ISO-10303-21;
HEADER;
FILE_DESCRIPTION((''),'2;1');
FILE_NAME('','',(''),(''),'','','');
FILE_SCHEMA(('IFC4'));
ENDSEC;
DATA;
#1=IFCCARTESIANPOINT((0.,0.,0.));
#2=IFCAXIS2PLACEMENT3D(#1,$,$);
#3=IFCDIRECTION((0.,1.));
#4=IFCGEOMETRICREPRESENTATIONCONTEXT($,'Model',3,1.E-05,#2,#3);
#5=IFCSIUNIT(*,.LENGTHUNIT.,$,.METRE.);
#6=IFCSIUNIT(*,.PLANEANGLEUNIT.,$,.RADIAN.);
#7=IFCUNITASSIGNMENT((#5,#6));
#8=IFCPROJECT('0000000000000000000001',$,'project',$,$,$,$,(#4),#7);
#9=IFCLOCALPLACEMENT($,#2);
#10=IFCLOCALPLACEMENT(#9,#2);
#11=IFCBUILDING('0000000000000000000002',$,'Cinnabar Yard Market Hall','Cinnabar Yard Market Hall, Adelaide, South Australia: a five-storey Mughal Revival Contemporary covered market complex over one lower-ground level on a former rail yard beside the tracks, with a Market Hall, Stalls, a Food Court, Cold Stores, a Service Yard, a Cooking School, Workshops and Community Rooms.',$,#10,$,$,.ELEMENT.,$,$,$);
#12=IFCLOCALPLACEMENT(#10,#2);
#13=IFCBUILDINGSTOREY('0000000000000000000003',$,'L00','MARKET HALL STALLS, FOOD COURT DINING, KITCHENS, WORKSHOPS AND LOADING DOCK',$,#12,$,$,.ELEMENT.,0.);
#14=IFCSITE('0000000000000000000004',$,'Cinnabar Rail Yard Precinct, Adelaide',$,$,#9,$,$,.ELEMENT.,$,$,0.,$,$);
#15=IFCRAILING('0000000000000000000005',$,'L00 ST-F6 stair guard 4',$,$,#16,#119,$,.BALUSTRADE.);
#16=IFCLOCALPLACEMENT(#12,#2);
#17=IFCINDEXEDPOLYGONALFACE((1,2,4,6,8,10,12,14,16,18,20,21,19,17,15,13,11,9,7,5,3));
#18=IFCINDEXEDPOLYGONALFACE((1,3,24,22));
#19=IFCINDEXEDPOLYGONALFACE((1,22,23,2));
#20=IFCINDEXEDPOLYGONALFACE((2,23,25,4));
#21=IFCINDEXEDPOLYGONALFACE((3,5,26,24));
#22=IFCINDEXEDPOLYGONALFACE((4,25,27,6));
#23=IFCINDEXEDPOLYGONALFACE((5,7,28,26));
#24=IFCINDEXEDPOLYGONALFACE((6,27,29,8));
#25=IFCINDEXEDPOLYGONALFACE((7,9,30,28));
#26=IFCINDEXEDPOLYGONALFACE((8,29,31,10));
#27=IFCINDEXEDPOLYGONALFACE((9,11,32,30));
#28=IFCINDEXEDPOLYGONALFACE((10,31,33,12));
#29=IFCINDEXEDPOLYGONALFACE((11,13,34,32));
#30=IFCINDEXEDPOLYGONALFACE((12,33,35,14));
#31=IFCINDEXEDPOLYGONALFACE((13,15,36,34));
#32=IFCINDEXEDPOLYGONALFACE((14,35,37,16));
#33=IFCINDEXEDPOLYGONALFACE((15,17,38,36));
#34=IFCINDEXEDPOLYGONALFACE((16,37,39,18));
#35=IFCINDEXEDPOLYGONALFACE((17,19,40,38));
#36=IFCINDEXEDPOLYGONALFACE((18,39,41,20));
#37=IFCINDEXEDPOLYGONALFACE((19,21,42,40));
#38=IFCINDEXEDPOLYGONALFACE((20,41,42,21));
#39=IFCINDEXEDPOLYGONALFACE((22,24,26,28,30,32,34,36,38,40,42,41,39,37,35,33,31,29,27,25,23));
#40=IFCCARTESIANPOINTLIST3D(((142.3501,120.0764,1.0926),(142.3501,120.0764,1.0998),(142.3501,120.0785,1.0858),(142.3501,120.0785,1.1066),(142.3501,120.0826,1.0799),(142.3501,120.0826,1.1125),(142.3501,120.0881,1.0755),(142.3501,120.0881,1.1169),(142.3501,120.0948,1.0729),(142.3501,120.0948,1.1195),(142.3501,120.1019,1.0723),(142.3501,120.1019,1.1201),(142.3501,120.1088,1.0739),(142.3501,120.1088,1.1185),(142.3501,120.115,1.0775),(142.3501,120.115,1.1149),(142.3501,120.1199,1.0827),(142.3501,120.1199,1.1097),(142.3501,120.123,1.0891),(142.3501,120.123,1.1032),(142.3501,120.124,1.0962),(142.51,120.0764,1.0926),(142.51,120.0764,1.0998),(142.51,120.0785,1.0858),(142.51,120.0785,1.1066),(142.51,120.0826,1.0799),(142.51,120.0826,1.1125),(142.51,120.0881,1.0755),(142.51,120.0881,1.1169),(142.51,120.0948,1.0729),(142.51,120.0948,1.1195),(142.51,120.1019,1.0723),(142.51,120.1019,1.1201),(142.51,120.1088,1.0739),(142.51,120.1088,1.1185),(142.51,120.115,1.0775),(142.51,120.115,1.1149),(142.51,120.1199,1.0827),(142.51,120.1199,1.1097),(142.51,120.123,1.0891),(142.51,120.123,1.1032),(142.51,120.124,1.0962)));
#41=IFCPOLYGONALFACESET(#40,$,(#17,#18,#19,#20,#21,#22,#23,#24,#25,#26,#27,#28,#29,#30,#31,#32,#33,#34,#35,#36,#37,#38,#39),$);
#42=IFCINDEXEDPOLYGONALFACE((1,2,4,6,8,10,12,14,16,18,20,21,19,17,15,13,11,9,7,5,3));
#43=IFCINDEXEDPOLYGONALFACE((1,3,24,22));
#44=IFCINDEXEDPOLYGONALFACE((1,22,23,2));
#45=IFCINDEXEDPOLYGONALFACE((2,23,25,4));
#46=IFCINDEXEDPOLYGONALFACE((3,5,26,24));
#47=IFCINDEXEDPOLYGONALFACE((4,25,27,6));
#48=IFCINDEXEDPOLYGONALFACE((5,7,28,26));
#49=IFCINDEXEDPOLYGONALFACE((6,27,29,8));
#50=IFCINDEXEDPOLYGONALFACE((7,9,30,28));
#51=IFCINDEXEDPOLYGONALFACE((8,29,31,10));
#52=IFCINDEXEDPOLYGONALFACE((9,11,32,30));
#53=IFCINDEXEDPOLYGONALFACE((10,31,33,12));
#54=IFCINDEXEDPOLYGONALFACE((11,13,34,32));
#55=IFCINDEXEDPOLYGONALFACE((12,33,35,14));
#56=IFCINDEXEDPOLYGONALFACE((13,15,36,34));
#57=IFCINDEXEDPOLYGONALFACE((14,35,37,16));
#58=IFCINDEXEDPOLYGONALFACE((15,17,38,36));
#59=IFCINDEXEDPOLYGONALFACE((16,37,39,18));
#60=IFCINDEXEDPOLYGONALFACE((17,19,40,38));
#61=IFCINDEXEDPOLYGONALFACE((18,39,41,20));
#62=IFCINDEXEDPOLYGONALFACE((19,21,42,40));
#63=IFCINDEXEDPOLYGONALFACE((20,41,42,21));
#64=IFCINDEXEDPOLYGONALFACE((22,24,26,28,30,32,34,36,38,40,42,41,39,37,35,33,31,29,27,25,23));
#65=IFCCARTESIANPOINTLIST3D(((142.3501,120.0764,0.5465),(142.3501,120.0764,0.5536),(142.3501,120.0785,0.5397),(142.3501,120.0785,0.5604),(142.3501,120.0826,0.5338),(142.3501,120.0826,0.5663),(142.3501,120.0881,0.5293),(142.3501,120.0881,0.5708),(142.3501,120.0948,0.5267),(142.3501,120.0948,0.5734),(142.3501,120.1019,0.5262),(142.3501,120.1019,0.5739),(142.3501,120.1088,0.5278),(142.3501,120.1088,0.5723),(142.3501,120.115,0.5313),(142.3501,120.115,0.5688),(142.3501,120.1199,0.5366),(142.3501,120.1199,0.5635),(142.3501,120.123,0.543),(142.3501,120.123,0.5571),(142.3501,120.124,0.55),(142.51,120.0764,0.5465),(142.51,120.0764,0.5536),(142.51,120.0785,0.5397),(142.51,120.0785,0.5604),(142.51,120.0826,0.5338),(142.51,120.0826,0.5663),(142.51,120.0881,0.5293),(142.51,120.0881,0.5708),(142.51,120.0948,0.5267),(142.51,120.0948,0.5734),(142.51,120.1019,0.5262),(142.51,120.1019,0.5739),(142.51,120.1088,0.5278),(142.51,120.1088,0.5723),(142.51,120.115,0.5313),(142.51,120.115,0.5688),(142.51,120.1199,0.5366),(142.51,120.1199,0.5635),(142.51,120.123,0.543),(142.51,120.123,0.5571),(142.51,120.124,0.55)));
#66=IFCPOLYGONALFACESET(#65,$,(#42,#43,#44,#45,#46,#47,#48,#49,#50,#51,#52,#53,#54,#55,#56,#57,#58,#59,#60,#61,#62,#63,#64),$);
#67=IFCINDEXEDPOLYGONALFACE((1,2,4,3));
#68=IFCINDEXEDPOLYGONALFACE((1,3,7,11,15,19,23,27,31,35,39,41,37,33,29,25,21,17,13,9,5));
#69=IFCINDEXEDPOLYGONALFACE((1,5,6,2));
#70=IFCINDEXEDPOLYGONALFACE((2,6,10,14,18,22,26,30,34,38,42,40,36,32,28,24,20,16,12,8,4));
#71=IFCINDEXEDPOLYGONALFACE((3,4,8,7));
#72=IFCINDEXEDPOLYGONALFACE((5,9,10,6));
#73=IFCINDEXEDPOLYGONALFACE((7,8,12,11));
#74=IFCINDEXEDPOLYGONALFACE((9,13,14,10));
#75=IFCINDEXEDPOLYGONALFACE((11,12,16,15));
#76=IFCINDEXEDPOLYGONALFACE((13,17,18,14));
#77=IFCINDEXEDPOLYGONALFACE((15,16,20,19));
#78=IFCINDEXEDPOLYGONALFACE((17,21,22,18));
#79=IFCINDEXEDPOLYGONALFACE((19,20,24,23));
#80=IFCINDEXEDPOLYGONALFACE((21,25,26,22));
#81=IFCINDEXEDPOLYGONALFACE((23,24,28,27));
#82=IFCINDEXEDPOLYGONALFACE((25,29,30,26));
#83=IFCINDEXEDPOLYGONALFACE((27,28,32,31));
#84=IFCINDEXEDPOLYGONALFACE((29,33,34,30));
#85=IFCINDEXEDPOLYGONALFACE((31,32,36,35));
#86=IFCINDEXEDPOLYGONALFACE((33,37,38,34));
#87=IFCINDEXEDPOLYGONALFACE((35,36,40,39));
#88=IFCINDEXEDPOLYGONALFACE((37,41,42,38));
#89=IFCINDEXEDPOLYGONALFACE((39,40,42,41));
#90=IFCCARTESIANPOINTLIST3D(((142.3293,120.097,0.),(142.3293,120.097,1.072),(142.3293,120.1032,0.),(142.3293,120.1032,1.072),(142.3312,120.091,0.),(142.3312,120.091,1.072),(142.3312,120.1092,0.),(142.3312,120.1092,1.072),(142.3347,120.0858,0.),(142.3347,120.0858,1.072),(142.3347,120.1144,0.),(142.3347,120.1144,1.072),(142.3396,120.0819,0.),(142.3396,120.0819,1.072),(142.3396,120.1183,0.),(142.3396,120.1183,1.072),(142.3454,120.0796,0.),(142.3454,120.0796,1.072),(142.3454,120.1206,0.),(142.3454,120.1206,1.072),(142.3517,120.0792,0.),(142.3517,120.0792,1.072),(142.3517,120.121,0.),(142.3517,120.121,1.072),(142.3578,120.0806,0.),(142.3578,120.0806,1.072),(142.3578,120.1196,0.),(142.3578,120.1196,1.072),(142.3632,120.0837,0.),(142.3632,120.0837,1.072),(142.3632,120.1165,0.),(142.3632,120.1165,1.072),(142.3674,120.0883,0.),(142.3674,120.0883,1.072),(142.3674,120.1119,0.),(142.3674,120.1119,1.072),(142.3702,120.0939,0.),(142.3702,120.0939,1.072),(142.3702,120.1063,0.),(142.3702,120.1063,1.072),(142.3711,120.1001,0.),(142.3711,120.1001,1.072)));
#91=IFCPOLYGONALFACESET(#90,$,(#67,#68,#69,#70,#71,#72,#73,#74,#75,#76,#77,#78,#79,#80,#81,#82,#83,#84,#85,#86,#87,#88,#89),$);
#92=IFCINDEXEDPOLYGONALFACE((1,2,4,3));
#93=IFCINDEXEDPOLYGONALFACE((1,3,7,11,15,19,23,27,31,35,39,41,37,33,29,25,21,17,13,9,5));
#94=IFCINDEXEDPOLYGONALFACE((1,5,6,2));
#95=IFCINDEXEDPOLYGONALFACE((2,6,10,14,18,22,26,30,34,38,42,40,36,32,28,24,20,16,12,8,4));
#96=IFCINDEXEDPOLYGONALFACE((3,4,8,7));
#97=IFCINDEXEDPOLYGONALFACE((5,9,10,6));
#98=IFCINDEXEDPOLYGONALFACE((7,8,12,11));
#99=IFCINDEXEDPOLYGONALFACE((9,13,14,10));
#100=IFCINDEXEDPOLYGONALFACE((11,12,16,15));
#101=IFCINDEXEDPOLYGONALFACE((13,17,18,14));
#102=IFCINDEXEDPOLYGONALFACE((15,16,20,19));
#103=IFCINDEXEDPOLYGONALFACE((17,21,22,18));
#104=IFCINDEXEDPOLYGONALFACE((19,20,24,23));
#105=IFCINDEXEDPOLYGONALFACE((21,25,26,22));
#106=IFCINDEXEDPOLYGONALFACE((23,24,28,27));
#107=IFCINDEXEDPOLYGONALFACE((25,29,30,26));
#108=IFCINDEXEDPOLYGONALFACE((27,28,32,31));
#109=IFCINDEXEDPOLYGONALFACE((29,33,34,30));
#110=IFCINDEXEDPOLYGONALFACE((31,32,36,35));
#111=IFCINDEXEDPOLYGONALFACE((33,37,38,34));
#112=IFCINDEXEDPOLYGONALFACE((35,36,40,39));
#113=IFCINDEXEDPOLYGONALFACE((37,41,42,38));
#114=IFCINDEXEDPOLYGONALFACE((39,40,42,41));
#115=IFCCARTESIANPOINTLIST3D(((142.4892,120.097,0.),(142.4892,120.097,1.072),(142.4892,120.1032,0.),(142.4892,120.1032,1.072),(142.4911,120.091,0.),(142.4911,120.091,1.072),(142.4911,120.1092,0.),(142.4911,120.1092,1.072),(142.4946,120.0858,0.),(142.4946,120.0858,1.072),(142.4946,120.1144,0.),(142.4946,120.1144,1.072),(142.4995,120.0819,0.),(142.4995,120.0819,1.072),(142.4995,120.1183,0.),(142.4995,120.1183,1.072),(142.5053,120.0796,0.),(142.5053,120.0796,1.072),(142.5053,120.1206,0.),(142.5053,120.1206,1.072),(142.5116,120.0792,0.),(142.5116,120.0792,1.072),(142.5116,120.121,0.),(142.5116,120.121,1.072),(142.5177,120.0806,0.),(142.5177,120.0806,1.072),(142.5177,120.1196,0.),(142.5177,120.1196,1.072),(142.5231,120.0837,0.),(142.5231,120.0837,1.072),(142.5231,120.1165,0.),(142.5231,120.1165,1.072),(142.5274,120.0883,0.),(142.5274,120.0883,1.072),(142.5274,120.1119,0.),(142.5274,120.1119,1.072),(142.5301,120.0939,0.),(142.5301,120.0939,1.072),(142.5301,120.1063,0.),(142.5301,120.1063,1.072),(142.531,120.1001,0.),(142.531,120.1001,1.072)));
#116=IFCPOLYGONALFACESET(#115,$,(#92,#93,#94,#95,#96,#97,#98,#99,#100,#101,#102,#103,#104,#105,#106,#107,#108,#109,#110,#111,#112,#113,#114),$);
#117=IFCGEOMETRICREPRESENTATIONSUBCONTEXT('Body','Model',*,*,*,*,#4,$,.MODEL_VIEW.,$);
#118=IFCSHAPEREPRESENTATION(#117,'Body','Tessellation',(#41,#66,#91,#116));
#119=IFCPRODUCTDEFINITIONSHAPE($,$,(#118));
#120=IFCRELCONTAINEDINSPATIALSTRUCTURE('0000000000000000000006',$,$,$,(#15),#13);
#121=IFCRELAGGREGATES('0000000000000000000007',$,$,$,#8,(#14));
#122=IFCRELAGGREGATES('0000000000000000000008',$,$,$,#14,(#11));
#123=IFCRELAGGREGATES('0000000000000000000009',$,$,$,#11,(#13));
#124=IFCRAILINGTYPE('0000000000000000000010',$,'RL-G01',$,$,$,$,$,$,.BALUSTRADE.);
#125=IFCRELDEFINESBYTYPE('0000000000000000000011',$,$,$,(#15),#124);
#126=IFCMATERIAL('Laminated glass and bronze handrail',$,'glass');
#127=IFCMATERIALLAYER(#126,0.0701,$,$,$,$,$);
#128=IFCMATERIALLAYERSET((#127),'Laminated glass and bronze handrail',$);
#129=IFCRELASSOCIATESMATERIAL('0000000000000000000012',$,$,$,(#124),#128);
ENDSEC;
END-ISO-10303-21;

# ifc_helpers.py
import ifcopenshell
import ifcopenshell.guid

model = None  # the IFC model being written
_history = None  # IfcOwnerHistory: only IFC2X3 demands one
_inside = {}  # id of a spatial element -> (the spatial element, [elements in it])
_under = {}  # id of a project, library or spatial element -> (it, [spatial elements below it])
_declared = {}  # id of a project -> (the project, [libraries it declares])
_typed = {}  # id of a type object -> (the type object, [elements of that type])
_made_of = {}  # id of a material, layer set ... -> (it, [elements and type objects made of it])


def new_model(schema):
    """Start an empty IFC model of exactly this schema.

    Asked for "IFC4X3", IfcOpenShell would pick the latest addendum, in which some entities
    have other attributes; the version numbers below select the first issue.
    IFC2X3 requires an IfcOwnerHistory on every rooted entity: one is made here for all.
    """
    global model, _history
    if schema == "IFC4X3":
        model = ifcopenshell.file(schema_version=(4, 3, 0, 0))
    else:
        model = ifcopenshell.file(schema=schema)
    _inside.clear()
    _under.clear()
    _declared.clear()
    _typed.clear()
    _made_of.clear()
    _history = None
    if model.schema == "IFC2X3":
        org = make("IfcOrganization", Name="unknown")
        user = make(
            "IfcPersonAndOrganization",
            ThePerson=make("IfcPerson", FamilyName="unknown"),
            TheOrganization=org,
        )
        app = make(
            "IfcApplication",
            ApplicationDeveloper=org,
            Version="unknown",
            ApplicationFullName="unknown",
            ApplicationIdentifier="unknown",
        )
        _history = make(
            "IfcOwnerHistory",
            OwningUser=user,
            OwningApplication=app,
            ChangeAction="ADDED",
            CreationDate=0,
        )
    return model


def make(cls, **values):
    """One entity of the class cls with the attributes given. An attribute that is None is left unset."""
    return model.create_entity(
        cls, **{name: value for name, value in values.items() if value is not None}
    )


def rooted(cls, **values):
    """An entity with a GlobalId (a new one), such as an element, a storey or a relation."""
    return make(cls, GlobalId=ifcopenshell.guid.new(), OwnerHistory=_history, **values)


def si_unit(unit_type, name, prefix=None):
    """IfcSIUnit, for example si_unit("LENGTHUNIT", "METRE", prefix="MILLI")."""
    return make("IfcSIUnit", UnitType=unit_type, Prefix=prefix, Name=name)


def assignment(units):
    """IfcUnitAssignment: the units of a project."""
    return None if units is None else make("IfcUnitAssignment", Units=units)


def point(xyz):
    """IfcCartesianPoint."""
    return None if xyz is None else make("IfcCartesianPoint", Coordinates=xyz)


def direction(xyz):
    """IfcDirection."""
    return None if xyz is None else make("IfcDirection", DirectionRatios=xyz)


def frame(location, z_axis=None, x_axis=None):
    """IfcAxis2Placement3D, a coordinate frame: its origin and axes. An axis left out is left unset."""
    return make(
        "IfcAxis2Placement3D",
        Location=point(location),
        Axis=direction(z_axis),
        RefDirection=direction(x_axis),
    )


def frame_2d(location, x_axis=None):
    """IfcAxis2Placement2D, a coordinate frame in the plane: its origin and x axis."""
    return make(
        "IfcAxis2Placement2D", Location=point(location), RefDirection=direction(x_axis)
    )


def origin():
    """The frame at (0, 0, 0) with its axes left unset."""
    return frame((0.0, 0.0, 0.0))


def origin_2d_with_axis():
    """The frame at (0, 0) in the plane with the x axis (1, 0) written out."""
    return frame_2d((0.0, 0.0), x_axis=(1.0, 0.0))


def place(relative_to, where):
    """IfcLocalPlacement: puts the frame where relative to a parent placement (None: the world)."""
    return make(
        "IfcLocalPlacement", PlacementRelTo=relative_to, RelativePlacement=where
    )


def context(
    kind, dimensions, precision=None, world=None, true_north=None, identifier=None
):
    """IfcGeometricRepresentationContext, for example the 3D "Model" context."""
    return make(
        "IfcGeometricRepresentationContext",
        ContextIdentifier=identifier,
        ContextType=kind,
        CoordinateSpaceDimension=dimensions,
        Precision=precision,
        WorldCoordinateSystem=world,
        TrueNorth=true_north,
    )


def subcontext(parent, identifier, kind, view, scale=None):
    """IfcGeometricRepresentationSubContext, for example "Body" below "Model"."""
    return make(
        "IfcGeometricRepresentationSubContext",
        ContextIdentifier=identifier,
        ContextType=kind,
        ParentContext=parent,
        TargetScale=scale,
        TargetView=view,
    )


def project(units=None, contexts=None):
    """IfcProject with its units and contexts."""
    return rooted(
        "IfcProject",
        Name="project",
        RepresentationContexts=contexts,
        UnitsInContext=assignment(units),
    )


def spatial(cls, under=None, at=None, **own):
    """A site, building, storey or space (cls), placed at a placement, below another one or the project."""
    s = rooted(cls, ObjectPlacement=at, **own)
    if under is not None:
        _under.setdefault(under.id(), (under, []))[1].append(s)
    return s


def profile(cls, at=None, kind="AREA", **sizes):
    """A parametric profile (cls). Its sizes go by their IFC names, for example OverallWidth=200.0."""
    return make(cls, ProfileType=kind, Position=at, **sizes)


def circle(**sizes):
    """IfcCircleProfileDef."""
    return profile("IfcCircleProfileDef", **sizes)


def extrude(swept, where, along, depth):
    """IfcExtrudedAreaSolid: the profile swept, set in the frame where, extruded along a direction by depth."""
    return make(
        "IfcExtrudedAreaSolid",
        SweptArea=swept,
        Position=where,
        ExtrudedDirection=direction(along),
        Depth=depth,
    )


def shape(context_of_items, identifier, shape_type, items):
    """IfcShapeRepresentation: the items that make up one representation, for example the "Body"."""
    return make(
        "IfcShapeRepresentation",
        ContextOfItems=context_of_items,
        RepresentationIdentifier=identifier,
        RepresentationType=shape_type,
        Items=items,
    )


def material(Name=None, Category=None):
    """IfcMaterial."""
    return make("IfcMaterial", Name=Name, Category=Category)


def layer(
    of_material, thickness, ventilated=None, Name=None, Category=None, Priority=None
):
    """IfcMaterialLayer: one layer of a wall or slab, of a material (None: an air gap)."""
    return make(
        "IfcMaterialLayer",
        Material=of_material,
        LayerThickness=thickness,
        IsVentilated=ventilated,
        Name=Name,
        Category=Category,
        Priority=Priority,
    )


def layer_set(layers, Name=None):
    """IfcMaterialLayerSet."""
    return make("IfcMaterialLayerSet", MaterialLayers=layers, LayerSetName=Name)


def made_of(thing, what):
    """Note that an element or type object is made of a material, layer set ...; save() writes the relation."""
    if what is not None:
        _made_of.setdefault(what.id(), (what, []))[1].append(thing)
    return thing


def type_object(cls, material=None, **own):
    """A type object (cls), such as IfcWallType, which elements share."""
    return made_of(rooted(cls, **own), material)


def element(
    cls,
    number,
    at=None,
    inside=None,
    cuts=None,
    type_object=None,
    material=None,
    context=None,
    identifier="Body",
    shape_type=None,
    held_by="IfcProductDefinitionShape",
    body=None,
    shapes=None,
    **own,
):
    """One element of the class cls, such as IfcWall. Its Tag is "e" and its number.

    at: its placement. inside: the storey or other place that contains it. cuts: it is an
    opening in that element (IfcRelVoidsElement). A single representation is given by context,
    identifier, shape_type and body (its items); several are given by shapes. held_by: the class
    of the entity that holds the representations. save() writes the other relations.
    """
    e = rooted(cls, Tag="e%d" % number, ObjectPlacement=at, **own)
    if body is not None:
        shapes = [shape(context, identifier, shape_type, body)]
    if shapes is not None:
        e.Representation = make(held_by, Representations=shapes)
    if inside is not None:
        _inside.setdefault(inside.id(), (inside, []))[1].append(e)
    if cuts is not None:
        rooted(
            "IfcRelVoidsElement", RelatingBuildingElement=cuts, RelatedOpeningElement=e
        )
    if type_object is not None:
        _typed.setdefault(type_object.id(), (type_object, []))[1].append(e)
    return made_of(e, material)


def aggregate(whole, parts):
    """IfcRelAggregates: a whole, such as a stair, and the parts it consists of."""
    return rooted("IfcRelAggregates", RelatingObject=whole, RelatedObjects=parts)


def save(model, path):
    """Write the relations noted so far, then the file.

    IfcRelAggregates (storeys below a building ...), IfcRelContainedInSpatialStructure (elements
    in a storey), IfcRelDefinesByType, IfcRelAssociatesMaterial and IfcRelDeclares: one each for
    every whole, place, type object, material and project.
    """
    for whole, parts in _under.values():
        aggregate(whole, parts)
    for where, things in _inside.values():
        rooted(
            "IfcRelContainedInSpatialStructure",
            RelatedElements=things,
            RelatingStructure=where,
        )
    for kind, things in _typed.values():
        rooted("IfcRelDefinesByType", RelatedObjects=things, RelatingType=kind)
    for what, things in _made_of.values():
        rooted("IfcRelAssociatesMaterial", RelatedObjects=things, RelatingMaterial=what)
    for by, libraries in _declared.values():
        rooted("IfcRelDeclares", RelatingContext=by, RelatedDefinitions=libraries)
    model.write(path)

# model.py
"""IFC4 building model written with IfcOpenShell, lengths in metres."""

from ifc_helpers import new_model, si_unit, direction, frame, origin, origin_2d_with_axis, place, context, subcontext, project, spatial, circle, extrude, material, layer, layer_set, type_object, element, save


model = new_model("IFC4")

# Units and contexts
model_context = context("Model", 3, precision=1e-05, world=origin(), true_north=direction((0.0, 1.0)))
body_context = subcontext(model_context, "Body", "Model", "MODEL_VIEW")
ifc_project = project(units=[si_unit("LENGTHUNIT", "METRE"), si_unit("PLANEANGLEUNIT", "RADIAN")], contexts=[model_context])

# Site, building, storey
site_placement = place(None, origin())
site = spatial("IfcSite", under=ifc_project, at=site_placement, Name="Cinnabar Rail Yard Precinct, Adelaide", CompositionType="ELEMENT", RefElevation=0.0)
building_placement = place(site_placement, origin())
building = spatial("IfcBuilding", under=site, at=building_placement, Name="Cinnabar Yard Market Hall", Description="Cinnabar Yard Market Hall, Adelaide, South Australia: a five-storey Mughal Revival Contemporary covered market complex over one lower-ground level on a former rail yard beside the tracks, with a Market Hall, Stalls, a Food Court, Cold Stores, a Service Yard, a Cooking School, Workshops and Community Rooms.", CompositionType="ELEMENT")
storey_placement = place(building_placement, origin())
storey = spatial("IfcBuildingStorey", under=building, at=storey_placement, Name="L00", Description="MARKET HALL STALLS, FOOD COURT DINING, KITCHENS, WORKSHOPS AND LOADING DOCK", CompositionType="ELEMENT", Elevation=0.0)

# Railing
ifc_material_1 = material(Name="Laminated glass and bronze handrail", Category="glass")
ifc_layer_1 = layer(ifc_material_1, 0.0701)
ifc_layer_set_1 = layer_set([ifc_layer_1], Name="Laminated glass and bronze handrail")
railing_type_1 = type_object("IfcRailingType", Name="RL-G01", PredefinedType="BALUSTRADE", material=ifc_layer_set_1)
railing_1_placement = place(storey_placement, frame((142.3501, 120.1001, 0.0)))
element("IfcRailing", 1, at=railing_1_placement, inside=storey, type_object=railing_type_1, Name="L00 ST-F6 stair guard 4", PredefinedType="BALUSTRADE", context=body_context, shape_type="SweptSolid", body=[
    extrude(circle(Radius=0.0239, at=origin_2d_with_axis()), frame((0.0, 0.0, 1.0962), z_axis=(1.0, 0.0, 0.0), x_axis=(0.0, 1.0, 0.0)), (0.0, 0.0, 1.0), 0.1599),
    extrude(circle(Radius=0.0239, at=origin_2d_with_axis()), frame((0.0, 0.0, 0.55), z_axis=(1.0, 0.0, 0.0), x_axis=(0.0, 1.0, 0.0)), (0.0, 0.0, 1.0), 0.1599),
    extrude(circle(Radius=0.021, at=origin_2d_with_axis()), origin(), (0.0, 0.0, 1.0), 1.072),
    extrude(circle(Radius=0.021, at=origin_2d_with_axis()), frame((0.1599, 0.0, 0.0)), (0.0, 0.0, 1.0), 1.072),
])

save(model, "model.ifc")
